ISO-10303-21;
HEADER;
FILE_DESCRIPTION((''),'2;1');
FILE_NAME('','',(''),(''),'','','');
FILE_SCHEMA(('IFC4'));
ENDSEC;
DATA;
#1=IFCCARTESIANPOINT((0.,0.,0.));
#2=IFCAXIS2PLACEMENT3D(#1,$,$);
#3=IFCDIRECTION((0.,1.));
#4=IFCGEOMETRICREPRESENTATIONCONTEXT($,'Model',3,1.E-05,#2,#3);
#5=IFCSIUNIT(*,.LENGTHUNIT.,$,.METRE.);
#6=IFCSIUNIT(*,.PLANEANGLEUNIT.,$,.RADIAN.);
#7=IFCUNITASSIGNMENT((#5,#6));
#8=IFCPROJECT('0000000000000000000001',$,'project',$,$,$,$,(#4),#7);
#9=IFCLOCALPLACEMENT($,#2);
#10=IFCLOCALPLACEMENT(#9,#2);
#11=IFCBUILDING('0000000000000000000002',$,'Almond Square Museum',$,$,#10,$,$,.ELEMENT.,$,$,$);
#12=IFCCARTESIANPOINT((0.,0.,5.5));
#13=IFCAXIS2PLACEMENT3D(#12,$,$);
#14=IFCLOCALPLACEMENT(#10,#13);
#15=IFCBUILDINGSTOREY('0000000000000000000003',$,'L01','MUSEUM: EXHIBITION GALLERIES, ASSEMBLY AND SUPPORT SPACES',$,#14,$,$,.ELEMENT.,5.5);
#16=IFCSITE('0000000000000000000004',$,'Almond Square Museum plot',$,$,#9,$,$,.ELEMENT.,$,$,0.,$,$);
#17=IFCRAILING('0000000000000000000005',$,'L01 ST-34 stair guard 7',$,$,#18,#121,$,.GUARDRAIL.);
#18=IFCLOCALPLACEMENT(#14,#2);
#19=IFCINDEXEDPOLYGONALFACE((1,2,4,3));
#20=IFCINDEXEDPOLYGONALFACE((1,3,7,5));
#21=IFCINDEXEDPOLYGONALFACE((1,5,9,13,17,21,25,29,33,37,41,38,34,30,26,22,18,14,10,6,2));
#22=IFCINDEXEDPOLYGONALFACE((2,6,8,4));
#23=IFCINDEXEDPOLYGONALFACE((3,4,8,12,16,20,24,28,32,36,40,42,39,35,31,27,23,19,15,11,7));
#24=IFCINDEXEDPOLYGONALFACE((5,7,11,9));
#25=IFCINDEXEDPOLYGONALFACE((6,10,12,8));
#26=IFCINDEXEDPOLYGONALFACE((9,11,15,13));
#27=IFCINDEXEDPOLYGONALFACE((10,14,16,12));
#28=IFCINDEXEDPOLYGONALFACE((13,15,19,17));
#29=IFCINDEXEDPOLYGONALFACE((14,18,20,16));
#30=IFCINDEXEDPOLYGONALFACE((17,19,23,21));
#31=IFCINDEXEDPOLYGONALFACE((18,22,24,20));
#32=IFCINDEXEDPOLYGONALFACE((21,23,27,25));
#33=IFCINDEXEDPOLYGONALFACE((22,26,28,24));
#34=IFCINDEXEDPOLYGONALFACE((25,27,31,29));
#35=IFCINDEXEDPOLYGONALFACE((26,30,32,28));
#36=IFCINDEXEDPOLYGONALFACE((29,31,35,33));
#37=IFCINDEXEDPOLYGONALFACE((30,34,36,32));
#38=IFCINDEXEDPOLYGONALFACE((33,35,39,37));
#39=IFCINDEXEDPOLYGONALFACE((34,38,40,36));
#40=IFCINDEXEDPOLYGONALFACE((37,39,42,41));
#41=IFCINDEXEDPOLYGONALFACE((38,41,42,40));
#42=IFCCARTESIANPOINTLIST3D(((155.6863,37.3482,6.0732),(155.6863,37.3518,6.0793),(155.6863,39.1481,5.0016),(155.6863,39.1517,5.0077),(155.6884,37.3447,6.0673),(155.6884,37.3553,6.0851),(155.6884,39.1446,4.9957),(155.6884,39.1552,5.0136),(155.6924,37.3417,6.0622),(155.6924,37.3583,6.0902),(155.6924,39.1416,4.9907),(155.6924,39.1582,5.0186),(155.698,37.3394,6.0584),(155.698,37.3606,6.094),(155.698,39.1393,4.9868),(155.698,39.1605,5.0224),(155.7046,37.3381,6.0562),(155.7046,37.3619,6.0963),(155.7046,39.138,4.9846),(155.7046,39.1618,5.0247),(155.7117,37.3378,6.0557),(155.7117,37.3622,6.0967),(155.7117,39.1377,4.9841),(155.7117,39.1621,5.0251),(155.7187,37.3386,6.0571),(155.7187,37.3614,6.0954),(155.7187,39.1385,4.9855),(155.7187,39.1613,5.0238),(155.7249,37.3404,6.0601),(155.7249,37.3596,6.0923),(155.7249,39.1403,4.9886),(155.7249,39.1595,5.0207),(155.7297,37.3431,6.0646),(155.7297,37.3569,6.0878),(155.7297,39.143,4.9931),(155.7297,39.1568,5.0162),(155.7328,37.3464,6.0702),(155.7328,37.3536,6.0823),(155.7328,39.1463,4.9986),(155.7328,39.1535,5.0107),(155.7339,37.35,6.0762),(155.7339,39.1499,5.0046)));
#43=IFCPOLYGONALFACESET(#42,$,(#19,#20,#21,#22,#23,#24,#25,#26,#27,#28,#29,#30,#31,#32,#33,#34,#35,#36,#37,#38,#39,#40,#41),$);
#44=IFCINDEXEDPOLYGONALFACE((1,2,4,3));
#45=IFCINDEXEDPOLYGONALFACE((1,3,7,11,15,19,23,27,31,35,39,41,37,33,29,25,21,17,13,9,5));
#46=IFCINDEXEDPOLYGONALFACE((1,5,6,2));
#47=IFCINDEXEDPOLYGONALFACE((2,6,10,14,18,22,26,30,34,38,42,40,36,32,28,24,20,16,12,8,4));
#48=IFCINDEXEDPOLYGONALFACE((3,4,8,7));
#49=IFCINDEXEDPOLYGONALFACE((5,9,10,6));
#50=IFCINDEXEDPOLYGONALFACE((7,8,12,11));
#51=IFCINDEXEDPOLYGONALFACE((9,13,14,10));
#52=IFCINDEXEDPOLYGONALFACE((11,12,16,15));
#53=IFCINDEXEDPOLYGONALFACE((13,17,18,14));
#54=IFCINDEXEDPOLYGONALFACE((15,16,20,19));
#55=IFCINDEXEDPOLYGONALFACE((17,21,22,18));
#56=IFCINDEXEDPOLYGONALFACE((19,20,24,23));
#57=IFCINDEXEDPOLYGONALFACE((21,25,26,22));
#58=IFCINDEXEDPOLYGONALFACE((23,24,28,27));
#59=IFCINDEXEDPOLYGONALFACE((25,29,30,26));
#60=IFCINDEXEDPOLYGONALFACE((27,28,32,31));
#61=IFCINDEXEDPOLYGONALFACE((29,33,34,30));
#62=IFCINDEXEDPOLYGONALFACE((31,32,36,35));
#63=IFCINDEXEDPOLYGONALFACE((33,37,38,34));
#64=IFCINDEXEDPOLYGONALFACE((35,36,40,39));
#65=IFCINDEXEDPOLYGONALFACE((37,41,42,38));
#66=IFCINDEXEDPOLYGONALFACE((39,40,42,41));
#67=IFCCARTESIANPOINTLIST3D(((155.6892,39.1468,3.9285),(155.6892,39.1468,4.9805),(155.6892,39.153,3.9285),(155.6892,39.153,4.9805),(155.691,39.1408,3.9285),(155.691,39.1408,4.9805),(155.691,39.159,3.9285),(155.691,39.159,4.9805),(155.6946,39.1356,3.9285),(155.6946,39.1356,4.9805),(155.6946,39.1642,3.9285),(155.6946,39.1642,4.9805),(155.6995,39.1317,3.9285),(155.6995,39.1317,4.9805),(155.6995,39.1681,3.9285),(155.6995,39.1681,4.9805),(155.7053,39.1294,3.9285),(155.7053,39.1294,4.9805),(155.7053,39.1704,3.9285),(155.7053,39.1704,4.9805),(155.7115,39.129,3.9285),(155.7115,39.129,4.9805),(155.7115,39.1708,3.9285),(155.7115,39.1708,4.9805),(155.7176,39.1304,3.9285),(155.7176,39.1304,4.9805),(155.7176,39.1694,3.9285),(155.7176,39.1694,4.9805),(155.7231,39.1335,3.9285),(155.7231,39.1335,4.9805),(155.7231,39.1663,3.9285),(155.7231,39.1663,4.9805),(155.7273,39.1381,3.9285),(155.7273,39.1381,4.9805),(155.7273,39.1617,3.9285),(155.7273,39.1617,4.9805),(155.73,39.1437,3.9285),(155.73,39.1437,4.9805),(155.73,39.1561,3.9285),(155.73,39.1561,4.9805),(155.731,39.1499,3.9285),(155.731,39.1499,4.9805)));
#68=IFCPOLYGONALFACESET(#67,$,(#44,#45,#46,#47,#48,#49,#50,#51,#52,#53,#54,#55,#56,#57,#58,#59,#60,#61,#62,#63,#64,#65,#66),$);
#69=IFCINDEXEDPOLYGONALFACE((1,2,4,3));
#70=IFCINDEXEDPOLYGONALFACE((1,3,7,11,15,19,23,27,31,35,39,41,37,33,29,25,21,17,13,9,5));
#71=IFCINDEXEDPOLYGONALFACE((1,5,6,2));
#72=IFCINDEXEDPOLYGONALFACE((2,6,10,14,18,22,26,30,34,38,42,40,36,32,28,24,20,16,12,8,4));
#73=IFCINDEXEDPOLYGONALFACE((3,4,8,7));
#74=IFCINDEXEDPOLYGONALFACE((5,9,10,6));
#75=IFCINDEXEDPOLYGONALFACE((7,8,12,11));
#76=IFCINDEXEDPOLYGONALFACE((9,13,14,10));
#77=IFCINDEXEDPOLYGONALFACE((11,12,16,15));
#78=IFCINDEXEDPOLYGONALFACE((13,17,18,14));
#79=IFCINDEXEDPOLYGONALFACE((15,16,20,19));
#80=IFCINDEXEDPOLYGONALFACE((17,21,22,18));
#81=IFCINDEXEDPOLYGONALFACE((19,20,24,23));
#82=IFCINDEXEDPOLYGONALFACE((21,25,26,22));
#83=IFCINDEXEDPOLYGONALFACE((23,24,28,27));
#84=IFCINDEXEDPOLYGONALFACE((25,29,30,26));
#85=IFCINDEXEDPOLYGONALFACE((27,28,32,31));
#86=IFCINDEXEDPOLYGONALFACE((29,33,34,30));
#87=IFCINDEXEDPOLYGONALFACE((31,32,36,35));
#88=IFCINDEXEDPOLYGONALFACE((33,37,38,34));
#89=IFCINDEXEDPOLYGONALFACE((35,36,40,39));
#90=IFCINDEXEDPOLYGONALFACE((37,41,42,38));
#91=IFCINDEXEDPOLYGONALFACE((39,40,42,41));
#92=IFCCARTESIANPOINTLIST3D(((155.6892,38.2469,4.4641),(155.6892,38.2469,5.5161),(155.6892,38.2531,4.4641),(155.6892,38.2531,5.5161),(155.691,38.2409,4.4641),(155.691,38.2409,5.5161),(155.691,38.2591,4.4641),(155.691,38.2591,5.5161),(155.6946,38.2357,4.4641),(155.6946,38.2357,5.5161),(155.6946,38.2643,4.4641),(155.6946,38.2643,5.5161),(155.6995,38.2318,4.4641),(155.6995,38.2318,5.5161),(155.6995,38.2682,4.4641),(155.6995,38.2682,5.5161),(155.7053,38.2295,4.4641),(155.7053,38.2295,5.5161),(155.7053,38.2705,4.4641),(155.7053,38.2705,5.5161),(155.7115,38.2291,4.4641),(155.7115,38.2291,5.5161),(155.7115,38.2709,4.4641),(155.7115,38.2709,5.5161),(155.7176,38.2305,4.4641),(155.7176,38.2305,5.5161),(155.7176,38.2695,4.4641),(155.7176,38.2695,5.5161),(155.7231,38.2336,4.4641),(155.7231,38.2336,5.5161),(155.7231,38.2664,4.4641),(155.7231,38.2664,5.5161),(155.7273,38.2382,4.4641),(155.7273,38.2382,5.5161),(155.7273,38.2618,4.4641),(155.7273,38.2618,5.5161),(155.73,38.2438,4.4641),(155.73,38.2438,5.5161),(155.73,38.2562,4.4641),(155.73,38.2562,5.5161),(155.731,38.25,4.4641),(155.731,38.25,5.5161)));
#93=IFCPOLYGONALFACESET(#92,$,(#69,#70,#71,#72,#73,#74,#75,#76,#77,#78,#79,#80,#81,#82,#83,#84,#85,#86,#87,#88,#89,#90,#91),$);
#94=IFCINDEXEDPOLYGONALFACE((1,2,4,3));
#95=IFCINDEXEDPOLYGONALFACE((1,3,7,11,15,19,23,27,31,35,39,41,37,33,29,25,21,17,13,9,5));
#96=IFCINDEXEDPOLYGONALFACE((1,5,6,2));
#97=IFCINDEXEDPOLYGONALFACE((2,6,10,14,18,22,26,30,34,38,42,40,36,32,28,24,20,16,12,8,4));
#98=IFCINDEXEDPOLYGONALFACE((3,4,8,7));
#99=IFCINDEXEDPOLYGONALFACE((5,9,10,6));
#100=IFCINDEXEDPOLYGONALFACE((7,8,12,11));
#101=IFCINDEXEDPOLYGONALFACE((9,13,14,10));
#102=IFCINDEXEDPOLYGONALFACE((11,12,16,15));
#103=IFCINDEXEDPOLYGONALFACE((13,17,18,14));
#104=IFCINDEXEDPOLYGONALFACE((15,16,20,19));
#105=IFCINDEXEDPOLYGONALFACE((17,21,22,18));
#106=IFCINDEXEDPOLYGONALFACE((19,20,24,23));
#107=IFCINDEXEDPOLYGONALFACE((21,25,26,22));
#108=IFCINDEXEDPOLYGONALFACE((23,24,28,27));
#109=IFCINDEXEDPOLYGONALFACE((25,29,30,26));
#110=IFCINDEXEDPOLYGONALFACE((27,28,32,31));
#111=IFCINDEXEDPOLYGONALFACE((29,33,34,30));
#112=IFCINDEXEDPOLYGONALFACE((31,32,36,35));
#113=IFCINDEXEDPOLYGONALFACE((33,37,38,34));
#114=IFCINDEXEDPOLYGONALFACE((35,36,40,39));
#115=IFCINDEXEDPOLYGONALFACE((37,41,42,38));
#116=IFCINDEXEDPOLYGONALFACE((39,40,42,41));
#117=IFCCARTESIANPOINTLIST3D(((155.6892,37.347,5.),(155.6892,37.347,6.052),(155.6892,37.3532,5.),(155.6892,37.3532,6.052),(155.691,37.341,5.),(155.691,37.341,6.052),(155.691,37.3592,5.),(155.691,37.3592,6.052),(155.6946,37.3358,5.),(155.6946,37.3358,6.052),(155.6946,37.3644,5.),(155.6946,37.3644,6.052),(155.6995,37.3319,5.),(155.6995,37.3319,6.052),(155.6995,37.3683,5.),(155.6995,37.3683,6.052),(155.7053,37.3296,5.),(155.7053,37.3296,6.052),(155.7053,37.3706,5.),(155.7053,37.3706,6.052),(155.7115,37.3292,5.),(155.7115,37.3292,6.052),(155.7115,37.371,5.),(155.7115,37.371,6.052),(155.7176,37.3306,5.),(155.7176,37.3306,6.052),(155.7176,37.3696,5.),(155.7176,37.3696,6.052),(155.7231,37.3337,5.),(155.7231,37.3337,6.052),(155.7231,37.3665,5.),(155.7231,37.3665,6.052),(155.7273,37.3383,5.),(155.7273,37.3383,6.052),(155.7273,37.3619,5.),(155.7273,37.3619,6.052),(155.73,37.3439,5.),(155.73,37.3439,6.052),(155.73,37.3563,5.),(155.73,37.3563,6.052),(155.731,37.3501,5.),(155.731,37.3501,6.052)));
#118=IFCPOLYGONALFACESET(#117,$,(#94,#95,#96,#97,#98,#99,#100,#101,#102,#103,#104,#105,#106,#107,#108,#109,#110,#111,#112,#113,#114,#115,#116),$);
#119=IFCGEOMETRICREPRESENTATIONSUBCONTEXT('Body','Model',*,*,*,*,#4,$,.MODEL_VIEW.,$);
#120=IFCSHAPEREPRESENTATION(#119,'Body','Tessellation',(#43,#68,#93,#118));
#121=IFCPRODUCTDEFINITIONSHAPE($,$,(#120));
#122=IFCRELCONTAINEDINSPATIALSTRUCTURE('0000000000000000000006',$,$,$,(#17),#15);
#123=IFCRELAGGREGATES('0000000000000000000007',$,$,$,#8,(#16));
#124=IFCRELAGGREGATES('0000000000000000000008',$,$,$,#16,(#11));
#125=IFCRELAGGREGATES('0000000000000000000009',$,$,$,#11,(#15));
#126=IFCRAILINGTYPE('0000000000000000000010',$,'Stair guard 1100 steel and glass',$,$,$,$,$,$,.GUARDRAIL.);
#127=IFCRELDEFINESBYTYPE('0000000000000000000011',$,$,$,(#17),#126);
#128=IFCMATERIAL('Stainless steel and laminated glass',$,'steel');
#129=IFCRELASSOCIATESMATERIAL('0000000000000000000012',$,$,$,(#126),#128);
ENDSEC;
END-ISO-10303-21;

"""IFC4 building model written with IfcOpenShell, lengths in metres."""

from ifc_helpers import new_model, si_unit, direction, frame, origin, origin_2d, place, context, subcontext, project, spatial, circle, extrude, material, type_object, element, save


model = new_model("IFC4")

# Units and contexts
model_context = context("Model", 3, precision=1e-05, world=origin(), true_north=direction((0.0, 1.0)))
body_context = subcontext(model_context, "Body", "Model", "MODEL_VIEW")
ifc_project = project(units=[si_unit("LENGTHUNIT", "METRE"), si_unit("PLANEANGLEUNIT", "RADIAN")], contexts=[model_context])

# Site, building, storey
site_placement = place(None, origin())
site = spatial("IfcSite", under=ifc_project, at=site_placement, Name="Almond Square Museum plot", CompositionType="ELEMENT", RefElevation=0.0)
building_placement = place(site_placement, origin())
building = spatial("IfcBuilding", under=site, at=building_placement, Name="Almond Square Museum", CompositionType="ELEMENT")
storey_placement = place(building_placement, frame((0.0, 0.0, 5.5)))
storey = spatial("IfcBuildingStorey", under=building, at=storey_placement, Name="L01", Description="MUSEUM: EXHIBITION GALLERIES, ASSEMBLY AND SUPPORT SPACES", CompositionType="ELEMENT", Elevation=5.5)

# Railing
ifc_material_1 = material(Name="Stainless steel and laminated glass", Category="steel")
railing_type_1 = type_object("IfcRailingType", Name="Stair guard 1100 steel and glass", PredefinedType="GUARDRAIL", material=ifc_material_1)
railing_1_placement = place(storey_placement, frame((155.71, 39.1499, 3.9285)))
element("IfcRailing", 1, at=railing_1_placement, inside=storey, type_object=railing_type_1, Name="L01 ST-34 stair guard 7", PredefinedType="GUARDRAIL", context=body_context, shape_type="SweptSolid", body=[
    extrude(circle(Radius=0.0239, at=origin_2d()), frame((0.0, 0.0, 1.0762), z_axis=(0.0, -0.859247, 0.511562), x_axis=(1.0, 0.0, 0.0)), (0.0, 0.0, 1.0), 2.0947),
    extrude(circle(Radius=0.021, at=origin_2d()), origin(), (0.0, 0.0, 1.0), 1.052),
    extrude(circle(Radius=0.021, at=origin_2d()), frame((0.0, -0.8999, 0.5356)), (0.0, 0.0, 1.0), 1.052),
    extrude(circle(Radius=0.021, at=origin_2d()), frame((0.0, -1.7998, 1.0715)), (0.0, 0.0, 1.0), 1.052),
])

save(model, "model.ifc")
